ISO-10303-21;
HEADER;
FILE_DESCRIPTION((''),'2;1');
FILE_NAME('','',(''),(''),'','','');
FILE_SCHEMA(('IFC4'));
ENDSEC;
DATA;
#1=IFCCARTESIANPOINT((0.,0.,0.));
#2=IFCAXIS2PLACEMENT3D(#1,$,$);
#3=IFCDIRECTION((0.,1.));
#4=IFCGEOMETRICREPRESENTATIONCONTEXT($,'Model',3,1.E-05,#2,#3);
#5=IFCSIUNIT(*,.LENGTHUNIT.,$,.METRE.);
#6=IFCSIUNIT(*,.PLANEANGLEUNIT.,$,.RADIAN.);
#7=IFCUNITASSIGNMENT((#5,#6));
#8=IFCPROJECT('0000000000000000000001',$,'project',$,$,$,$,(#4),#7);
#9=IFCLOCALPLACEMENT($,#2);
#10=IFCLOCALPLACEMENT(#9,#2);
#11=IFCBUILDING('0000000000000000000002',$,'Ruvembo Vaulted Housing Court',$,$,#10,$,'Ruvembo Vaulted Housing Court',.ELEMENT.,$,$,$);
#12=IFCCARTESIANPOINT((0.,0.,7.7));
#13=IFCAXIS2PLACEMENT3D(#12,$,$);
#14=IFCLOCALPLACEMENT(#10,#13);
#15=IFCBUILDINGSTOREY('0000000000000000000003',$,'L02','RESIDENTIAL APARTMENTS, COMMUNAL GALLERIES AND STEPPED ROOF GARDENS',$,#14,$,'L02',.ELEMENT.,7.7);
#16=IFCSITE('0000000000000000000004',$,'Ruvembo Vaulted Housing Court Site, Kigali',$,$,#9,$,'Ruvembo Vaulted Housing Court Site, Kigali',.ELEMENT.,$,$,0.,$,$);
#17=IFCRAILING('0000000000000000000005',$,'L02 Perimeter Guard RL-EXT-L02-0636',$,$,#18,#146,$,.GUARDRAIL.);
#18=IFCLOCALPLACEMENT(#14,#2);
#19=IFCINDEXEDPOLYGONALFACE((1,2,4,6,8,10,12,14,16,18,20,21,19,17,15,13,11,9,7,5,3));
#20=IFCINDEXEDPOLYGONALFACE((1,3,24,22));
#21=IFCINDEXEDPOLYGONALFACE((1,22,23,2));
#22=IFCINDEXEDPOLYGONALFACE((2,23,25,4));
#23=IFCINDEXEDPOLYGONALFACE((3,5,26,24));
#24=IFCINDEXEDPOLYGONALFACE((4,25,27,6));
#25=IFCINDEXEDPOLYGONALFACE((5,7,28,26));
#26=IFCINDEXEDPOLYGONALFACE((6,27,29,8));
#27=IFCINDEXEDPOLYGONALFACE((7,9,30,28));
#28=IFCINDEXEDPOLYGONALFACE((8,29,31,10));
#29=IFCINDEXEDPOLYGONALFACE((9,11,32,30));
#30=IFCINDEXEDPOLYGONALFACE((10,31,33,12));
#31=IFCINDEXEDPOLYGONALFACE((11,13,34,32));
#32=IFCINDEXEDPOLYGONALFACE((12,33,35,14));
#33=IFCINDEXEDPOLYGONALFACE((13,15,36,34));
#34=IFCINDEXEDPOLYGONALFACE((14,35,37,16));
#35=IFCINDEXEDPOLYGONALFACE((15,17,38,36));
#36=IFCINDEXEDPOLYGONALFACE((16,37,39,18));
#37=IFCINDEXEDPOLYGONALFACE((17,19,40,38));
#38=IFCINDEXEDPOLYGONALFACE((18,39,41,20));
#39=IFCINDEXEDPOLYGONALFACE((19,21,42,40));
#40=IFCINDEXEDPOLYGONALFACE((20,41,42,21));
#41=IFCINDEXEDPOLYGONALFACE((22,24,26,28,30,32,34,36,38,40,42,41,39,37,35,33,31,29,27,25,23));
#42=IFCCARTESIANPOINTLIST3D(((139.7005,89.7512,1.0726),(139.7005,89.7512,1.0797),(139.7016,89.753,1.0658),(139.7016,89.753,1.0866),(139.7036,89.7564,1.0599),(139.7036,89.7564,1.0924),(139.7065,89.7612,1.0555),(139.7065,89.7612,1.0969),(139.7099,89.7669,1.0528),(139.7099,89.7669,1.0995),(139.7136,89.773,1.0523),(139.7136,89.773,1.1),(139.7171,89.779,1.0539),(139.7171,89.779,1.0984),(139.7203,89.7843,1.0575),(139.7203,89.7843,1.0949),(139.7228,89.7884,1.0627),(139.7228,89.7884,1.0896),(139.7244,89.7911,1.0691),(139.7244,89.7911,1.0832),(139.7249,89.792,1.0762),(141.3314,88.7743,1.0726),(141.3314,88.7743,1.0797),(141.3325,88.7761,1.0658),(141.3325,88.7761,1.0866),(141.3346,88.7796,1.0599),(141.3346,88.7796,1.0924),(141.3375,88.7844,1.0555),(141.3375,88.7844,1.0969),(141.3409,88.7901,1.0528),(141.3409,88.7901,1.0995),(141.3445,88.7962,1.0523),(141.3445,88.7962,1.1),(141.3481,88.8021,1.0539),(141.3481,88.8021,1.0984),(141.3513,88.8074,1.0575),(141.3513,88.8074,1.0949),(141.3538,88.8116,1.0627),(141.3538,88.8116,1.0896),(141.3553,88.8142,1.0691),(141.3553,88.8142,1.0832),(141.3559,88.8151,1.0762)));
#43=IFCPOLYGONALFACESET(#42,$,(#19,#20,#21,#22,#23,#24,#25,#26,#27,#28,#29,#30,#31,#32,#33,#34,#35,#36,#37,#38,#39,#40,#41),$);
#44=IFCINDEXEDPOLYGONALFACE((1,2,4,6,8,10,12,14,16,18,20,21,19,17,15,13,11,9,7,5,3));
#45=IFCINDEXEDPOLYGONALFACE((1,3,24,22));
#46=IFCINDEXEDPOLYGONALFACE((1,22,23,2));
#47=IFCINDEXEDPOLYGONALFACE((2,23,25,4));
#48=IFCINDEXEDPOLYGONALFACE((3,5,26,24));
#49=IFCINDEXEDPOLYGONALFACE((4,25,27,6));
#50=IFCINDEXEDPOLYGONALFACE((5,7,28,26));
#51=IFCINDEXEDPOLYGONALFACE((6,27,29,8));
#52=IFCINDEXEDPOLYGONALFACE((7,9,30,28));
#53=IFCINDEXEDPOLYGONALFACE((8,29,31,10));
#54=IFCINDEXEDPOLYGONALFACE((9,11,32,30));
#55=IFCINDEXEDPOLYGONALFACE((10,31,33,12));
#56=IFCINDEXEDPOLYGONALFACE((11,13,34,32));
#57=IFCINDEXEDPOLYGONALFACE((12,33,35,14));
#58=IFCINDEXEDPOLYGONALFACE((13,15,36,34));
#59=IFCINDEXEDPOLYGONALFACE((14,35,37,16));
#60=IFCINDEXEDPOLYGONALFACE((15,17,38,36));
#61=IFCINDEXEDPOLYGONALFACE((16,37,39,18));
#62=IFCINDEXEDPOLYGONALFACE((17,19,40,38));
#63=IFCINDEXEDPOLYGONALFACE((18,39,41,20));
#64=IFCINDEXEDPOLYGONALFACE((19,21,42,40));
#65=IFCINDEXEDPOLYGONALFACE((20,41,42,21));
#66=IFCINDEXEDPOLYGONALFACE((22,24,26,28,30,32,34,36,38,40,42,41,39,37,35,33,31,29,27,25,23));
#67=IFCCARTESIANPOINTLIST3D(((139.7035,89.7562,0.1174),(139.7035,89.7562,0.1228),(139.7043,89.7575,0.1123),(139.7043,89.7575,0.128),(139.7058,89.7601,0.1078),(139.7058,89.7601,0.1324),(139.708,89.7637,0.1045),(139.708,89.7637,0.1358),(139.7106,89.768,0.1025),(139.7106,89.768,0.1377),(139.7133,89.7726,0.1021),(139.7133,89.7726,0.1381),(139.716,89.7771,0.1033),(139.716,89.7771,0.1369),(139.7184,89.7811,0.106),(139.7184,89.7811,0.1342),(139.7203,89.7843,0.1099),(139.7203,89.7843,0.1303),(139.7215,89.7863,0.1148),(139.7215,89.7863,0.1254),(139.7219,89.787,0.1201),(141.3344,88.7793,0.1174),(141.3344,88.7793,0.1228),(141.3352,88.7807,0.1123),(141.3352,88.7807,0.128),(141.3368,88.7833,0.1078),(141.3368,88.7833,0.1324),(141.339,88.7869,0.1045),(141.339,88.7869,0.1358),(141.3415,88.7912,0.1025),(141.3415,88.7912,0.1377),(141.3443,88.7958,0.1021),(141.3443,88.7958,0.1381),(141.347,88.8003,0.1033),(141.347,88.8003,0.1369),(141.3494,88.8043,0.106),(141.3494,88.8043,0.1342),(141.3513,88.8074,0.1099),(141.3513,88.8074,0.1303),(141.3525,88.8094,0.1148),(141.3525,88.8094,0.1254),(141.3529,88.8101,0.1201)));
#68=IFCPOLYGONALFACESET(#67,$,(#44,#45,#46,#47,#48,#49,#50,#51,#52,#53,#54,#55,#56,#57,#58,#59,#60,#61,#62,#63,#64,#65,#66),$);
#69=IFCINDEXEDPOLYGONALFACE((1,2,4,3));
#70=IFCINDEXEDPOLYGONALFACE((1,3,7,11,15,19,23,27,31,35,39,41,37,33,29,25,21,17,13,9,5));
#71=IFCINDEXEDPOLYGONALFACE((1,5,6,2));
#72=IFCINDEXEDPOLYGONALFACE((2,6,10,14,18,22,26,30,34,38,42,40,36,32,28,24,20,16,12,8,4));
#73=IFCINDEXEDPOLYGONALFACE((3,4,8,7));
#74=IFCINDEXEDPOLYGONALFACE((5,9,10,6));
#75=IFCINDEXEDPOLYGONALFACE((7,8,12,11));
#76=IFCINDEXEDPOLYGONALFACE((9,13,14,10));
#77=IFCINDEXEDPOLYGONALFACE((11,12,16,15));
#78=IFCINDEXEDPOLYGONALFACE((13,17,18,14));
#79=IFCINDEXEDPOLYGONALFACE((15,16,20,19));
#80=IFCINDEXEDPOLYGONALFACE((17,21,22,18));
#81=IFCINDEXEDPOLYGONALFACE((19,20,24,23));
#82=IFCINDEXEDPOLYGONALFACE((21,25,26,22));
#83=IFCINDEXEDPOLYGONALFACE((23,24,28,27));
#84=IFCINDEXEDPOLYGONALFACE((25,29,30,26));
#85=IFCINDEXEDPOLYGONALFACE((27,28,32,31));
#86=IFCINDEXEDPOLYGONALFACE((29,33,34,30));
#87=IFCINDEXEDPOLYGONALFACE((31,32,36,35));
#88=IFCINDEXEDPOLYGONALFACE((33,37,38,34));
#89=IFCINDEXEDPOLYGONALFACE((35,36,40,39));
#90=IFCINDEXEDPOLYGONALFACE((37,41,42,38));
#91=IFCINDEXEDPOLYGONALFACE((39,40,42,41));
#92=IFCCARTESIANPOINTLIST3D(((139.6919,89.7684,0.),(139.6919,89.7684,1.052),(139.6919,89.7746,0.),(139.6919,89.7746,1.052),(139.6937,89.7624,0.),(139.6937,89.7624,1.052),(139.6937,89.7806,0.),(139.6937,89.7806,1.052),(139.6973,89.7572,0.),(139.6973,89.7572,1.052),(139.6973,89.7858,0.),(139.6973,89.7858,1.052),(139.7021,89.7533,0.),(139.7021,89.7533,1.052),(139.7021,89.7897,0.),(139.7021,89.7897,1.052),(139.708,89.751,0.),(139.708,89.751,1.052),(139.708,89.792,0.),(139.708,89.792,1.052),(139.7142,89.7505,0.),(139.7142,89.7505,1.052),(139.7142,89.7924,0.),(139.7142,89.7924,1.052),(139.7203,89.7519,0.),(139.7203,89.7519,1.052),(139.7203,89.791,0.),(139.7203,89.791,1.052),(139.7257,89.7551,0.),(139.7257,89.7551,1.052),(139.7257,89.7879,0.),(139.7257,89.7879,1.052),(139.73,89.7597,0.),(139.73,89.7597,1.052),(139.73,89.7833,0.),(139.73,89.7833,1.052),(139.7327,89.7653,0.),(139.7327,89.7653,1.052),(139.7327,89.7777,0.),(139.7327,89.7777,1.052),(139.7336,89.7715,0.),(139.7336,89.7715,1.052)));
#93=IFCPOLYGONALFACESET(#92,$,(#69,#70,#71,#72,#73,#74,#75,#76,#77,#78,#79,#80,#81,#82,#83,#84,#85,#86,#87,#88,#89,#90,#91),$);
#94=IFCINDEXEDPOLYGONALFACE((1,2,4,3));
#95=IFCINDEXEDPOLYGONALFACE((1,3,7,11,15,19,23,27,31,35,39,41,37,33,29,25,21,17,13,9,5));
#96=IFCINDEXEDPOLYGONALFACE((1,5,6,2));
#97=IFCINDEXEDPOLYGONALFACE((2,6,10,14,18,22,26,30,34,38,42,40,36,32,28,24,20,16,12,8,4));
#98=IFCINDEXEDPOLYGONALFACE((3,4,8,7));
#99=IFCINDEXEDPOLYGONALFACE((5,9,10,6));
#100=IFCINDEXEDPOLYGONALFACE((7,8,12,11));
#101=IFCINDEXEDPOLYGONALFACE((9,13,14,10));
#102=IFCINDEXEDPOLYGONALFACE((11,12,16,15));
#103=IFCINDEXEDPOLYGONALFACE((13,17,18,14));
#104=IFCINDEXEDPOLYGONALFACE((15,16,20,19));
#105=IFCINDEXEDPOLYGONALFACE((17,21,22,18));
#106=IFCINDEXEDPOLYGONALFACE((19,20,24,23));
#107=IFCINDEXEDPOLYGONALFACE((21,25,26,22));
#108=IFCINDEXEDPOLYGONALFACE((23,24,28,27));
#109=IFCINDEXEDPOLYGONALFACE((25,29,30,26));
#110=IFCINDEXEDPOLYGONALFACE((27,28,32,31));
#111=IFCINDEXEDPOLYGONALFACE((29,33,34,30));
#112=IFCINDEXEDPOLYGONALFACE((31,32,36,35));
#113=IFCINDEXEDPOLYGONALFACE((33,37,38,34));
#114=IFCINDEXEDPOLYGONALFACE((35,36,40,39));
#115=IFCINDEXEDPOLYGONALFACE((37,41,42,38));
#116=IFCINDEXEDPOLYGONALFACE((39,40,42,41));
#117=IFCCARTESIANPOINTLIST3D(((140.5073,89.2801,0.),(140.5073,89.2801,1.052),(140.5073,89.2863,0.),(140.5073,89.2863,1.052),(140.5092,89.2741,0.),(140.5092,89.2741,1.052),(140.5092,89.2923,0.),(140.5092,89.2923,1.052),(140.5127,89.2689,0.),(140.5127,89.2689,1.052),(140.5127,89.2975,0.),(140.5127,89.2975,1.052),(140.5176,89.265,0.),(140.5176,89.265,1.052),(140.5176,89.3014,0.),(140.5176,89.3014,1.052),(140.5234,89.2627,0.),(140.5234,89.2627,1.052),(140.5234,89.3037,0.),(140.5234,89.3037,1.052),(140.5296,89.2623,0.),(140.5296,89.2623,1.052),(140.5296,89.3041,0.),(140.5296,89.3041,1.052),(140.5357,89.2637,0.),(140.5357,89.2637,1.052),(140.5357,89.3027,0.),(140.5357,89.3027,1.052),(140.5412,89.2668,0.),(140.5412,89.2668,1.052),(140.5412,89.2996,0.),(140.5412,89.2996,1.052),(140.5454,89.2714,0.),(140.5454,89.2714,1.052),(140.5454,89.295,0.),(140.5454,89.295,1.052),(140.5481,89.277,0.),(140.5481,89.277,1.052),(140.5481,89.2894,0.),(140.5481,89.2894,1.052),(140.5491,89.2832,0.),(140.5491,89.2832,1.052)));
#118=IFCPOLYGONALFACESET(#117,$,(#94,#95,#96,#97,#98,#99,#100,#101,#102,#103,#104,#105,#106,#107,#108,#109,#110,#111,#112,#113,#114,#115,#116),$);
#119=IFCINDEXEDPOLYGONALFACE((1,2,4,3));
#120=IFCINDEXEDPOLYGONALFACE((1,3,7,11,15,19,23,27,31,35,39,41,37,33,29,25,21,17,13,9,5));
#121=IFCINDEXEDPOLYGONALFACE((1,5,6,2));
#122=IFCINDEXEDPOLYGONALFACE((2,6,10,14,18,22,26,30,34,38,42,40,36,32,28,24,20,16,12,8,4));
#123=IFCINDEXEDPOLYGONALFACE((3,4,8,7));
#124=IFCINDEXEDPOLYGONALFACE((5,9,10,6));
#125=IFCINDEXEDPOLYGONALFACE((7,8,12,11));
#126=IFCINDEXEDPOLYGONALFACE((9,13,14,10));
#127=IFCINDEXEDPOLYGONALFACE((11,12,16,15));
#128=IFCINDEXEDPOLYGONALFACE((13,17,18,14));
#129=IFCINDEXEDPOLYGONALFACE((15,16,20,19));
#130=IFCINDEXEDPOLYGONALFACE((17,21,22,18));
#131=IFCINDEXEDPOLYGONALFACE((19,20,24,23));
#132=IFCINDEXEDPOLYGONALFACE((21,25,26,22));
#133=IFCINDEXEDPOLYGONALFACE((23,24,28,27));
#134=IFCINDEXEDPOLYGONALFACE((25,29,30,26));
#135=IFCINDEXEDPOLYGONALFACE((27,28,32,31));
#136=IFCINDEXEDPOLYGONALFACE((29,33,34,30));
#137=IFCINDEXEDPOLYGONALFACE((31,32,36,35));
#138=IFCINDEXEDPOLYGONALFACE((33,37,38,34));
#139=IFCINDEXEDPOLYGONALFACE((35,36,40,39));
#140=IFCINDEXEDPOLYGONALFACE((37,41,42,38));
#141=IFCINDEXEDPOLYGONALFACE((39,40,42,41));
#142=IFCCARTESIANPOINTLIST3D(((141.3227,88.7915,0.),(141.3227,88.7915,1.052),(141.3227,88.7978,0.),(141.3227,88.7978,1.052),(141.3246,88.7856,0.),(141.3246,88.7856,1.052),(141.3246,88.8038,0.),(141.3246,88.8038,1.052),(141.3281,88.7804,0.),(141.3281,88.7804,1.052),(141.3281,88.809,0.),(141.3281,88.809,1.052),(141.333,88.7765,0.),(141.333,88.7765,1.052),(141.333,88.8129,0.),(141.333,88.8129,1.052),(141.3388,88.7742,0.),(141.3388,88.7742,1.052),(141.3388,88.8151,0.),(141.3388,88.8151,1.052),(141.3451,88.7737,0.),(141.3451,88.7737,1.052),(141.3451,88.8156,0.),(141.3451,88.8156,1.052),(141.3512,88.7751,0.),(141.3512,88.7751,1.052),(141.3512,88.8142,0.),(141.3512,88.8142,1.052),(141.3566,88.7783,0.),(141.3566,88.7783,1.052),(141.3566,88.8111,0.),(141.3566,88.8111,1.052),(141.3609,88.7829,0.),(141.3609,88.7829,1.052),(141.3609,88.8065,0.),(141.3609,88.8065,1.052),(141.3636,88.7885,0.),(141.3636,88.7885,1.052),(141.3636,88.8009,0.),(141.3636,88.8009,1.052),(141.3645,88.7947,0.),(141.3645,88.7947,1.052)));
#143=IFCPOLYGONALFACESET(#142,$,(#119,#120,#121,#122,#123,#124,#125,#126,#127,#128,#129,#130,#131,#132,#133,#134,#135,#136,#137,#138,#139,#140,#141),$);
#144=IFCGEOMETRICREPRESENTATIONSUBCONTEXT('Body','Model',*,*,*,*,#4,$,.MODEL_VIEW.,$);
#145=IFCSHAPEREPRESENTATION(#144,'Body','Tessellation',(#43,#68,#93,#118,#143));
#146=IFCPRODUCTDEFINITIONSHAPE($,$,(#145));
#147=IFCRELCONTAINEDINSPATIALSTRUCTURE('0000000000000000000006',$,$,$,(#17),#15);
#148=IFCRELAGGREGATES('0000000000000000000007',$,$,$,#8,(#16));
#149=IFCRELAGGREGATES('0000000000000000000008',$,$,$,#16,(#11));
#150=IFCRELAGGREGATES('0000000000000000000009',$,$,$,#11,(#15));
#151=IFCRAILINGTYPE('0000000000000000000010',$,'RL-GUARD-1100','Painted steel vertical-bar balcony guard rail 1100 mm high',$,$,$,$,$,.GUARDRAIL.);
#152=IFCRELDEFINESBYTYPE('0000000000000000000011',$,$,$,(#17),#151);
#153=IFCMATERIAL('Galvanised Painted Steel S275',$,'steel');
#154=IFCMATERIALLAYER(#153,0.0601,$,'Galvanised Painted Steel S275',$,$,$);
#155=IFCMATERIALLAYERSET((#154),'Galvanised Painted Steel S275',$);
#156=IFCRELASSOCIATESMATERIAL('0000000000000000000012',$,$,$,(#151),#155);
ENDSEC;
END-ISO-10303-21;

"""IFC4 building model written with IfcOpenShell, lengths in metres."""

from ifc_helpers import new_model, si_unit, direction, frame, origin, origin_2d, place, context, subcontext, project, spatial, circle, extrude, material, layer, layer_set, type_object, element, save


model = new_model("IFC4")

# Units and contexts
model_context = context("Model", 3, precision=1e-05, world=origin(), true_north=direction((0.0, 1.0)))
body_context = subcontext(model_context, "Body", "Model", "MODEL_VIEW")
ifc_project = project(units=[si_unit("LENGTHUNIT", "METRE"), si_unit("PLANEANGLEUNIT", "RADIAN")], contexts=[model_context])

# Site, building, storey
site_placement = place(None, origin())
site = spatial("IfcSite", under=ifc_project, at=site_placement, Name="Ruvembo Vaulted Housing Court Site, Kigali", LongName="Ruvembo Vaulted Housing Court Site, Kigali", CompositionType="ELEMENT", RefElevation=0.0)
building_placement = place(site_placement, origin())
building = spatial("IfcBuilding", under=site, at=building_placement, Name="Ruvembo Vaulted Housing Court", LongName="Ruvembo Vaulted Housing Court", CompositionType="ELEMENT")
storey_placement = place(building_placement, frame((0.0, 0.0, 7.7)))
storey = spatial("IfcBuildingStorey", under=building, at=storey_placement, Name="L02", Description="RESIDENTIAL APARTMENTS, COMMUNAL GALLERIES AND STEPPED ROOF GARDENS", LongName="L02", CompositionType="ELEMENT", Elevation=7.7)

# Railing
ifc_material_1 = material(Name="Galvanised Painted Steel S275", Category="steel")
ifc_layer_1 = layer(ifc_material_1, 0.0601, Name="Galvanised Painted Steel S275")
ifc_layer_set_1 = layer_set([ifc_layer_1], Name="Galvanised Painted Steel S275")
railing_type = type_object("IfcRailingType", Name="RL-GUARD-1100", Description="Painted steel vertical-bar balcony guard rail 1100 mm high", PredefinedType="GUARDRAIL", material=ifc_layer_set_1)
railing_1_placement = place(storey_placement, frame((139.7126, 89.7715, 0.0)))
element("IfcRailing", 1, at=railing_1_placement, inside=storey, type_object=railing_type, Name="L02 Perimeter Guard RL-EXT-L02-0636", PredefinedType="GUARDRAIL", context=body_context, shape_type="SweptSolid", body=[
    extrude(circle(Radius=0.0239, at=origin_2d()), frame((0.0, 0.0, 1.0762), z_axis=(0.857889, -0.513835, 0.0), x_axis=(0.513835, 0.857889, 0.0)), (0.0, 0.0, 1.0), 1.9011),
    extrude(circle(Radius=0.0181, at=origin_2d()), frame((0.0, 0.0, 0.1201), z_axis=(0.857889, -0.513835, 0.0), x_axis=(0.513835, 0.857889, 0.0)), (0.0, 0.0, 1.0), 1.9011),
    extrude(circle(Radius=0.021, at=origin_2d()), origin(), (0.0, 0.0, 1.0), 1.052),
    extrude(circle(Radius=0.021, at=origin_2d()), frame((0.8154, -0.4883, 0.0)), (0.0, 0.0, 1.0), 1.052),
    extrude(circle(Radius=0.021, at=origin_2d()), frame((1.6309, -0.9768, 0.0)), (0.0, 0.0, 1.0), 1.052),
])

save(model, "model.ifc")
